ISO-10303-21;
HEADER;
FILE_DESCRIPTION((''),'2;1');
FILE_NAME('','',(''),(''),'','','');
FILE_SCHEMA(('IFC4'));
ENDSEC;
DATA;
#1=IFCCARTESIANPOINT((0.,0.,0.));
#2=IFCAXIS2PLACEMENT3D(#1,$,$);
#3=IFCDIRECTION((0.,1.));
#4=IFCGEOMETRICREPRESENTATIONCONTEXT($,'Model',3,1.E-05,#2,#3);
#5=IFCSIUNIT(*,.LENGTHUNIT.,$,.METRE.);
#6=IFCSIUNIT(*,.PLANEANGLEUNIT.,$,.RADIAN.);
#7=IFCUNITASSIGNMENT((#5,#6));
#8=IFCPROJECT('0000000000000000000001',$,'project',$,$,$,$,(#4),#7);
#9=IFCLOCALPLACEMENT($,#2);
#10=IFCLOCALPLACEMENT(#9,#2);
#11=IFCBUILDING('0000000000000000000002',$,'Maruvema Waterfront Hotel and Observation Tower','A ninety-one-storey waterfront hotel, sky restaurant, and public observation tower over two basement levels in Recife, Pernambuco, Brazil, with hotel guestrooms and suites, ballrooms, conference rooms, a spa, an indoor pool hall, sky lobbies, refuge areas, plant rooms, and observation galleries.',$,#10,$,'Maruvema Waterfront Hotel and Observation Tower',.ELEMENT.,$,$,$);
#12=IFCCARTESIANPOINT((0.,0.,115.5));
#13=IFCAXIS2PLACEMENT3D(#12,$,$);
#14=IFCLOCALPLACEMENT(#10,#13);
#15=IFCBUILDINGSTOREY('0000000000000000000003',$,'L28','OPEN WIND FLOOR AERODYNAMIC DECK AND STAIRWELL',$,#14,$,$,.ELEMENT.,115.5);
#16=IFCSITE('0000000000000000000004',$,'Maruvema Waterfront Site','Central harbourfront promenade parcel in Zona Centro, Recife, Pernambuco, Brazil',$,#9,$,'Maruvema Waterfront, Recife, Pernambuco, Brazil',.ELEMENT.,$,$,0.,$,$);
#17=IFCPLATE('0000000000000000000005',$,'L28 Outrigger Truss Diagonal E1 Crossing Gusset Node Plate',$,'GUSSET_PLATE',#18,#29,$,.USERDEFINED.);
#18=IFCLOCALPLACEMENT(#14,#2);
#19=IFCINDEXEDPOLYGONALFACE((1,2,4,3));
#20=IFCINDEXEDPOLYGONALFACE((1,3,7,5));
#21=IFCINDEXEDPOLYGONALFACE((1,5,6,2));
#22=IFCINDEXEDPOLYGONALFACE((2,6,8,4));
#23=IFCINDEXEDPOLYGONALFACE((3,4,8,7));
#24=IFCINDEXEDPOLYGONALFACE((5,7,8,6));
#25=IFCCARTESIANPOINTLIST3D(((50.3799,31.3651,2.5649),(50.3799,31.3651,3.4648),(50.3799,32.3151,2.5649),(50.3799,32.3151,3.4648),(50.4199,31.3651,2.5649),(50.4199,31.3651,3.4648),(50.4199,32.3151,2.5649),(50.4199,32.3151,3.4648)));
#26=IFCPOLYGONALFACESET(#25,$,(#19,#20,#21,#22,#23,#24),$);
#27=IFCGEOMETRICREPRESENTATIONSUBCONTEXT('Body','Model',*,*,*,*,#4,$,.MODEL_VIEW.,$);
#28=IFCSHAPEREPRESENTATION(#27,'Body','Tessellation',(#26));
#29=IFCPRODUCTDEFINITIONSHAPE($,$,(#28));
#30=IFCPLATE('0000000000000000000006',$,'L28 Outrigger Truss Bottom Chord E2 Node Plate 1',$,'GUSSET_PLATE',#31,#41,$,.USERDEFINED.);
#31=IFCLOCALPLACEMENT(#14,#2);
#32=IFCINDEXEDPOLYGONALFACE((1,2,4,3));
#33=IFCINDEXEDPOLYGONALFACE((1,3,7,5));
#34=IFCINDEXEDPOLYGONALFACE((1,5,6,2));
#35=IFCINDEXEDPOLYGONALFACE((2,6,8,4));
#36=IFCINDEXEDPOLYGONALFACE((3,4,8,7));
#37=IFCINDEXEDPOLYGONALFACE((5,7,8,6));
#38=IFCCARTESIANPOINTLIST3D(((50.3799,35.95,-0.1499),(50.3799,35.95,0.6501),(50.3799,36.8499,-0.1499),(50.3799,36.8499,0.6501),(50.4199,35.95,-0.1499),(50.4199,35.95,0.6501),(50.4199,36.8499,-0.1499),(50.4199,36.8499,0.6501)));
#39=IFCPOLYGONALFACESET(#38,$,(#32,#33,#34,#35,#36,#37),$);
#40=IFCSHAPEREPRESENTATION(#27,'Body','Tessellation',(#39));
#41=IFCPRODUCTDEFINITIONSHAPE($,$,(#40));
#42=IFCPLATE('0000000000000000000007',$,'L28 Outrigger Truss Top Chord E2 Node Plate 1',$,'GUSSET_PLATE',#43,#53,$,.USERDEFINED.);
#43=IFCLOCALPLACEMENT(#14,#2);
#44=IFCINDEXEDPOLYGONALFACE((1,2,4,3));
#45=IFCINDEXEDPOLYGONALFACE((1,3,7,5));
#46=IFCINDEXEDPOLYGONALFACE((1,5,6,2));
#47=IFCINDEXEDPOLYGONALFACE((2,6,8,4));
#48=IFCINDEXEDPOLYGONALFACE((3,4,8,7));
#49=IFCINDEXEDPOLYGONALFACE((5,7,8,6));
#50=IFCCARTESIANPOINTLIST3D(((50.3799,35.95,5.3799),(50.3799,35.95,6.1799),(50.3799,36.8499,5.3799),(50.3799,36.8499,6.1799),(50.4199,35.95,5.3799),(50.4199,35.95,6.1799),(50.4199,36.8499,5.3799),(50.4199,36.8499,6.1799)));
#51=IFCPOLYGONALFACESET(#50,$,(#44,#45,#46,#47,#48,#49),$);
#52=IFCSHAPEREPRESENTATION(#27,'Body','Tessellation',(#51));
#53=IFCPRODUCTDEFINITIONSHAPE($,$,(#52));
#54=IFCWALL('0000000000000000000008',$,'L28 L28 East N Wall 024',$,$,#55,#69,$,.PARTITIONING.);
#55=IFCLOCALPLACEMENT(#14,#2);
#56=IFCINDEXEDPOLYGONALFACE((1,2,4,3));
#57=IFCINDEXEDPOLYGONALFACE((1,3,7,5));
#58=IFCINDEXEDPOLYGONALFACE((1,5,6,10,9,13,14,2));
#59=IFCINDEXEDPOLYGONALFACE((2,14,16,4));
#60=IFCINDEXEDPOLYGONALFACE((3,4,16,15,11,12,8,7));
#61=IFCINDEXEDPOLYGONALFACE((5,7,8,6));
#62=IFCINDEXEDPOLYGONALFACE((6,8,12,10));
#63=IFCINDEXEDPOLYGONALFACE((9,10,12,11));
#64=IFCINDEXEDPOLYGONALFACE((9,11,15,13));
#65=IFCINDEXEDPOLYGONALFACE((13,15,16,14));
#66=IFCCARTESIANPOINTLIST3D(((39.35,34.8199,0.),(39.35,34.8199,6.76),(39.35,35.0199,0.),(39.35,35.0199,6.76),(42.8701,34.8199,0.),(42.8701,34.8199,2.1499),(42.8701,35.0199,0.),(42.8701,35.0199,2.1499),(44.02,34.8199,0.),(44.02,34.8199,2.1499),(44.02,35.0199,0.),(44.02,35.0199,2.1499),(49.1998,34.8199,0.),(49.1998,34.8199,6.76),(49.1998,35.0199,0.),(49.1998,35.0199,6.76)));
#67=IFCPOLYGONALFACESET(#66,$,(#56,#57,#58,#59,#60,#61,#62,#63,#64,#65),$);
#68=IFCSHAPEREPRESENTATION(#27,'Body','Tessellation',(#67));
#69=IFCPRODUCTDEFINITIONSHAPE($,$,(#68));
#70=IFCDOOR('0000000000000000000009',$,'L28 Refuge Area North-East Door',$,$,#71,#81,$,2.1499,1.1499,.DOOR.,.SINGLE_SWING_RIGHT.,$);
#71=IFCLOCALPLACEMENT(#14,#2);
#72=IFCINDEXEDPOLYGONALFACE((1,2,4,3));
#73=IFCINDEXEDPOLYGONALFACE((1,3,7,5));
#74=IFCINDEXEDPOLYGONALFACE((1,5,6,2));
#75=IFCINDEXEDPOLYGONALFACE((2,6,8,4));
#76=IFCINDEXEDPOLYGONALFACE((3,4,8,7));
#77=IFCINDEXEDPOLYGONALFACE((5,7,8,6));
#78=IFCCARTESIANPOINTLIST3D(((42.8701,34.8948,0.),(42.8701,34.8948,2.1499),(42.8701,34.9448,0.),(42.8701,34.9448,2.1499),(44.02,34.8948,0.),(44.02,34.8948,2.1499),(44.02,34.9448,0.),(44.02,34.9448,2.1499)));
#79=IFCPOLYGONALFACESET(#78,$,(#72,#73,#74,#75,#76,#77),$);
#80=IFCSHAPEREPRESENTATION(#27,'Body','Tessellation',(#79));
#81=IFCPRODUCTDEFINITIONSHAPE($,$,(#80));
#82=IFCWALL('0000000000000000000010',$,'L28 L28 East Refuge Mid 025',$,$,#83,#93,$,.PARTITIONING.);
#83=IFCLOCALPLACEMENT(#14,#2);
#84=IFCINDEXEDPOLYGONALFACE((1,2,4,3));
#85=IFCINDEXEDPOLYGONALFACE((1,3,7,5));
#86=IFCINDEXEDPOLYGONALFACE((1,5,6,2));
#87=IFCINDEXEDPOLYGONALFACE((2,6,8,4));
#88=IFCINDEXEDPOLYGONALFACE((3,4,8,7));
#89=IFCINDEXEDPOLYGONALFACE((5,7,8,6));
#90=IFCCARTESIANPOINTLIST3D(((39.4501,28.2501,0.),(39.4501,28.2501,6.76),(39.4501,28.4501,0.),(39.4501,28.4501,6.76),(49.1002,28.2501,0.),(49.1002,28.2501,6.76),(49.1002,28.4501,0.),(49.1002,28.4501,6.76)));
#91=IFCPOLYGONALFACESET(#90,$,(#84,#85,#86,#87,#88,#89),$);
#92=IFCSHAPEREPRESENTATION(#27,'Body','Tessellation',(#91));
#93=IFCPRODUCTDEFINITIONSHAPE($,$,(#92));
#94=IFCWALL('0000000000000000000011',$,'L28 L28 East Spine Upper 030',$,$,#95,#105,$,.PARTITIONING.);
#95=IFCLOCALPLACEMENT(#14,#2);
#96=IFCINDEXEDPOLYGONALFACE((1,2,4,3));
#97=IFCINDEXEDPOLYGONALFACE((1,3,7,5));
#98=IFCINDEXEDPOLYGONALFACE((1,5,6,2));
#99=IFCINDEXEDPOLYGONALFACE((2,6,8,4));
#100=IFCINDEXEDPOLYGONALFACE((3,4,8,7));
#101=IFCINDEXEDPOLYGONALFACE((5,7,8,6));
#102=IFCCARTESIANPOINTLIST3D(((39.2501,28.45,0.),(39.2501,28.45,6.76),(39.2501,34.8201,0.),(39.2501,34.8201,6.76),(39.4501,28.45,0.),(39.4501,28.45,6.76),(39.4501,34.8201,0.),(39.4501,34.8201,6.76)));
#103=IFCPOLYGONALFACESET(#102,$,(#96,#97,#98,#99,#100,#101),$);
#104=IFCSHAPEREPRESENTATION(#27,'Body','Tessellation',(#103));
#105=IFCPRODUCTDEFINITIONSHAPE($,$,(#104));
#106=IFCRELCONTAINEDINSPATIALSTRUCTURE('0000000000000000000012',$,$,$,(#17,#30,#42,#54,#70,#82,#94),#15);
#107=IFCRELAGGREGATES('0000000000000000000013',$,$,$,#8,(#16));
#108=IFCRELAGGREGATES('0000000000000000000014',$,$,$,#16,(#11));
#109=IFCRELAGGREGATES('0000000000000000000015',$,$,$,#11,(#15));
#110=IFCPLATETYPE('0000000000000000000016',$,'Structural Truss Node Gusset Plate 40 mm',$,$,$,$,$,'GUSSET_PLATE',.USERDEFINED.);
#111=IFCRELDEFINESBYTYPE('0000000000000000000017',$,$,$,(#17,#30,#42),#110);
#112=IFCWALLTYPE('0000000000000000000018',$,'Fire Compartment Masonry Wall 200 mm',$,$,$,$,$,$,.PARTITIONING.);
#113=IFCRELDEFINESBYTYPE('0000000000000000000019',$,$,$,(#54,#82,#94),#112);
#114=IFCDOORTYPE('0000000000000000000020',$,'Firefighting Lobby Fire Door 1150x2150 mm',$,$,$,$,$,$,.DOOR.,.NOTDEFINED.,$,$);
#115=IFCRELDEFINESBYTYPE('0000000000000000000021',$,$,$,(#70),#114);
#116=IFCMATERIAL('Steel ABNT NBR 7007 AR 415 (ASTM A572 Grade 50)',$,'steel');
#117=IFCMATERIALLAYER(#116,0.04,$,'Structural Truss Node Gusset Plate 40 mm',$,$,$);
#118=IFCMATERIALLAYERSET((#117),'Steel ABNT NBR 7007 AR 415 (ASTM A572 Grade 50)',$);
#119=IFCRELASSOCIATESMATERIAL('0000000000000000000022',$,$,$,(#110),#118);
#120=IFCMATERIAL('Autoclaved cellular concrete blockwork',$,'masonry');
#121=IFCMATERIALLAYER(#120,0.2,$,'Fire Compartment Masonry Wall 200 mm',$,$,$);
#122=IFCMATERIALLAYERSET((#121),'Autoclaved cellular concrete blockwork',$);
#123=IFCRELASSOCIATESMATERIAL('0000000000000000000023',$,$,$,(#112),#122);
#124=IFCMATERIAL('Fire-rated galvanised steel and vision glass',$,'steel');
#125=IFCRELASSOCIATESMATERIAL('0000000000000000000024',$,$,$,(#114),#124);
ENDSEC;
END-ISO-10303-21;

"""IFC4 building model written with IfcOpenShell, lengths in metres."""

from ifc_helpers import new_model, si_unit, direction, frame, frame_2d, origin, origin_2d, place, context, subcontext, project, spatial, rectangle, extrude, material, layer, layer_set, type_object, element, fill, save


model = new_model("IFC4")

# Units and contexts
model_context = context("Model", 3, precision=1e-05, world=origin(), true_north=direction((0.0, 1.0)))
body_context = subcontext(model_context, "Body", "Model", "MODEL_VIEW")
ifc_project = project(units=[si_unit("LENGTHUNIT", "METRE"), si_unit("PLANEANGLEUNIT", "RADIAN")], contexts=[model_context])

# Site, building, storey
site_placement = place(None, origin())
site = spatial("IfcSite", under=ifc_project, at=site_placement, Name="Maruvema Waterfront Site", Description="Central harbourfront promenade parcel in Zona Centro, Recife, Pernambuco, Brazil", LongName="Maruvema Waterfront, Recife, Pernambuco, Brazil", CompositionType="ELEMENT", RefElevation=0.0)
building_placement = place(site_placement, origin())
building = spatial("IfcBuilding", under=site, at=building_placement, Name="Maruvema Waterfront Hotel and Observation Tower", Description="A ninety-one-storey waterfront hotel, sky restaurant, and public observation tower over two basement levels in Recife, Pernambuco, Brazil, with hotel guestrooms and suites, ballrooms, conference rooms, a spa, an indoor pool hall, sky lobbies, refuge areas, plant rooms, and observation galleries.", LongName="Maruvema Waterfront Hotel and Observation Tower", CompositionType="ELEMENT")
storey_placement = place(building_placement, frame((0.0, 0.0, 115.5)))
storey = spatial("IfcBuildingStorey", under=building, at=storey_placement, Name="L28", Description="OPEN WIND FLOOR AERODYNAMIC DECK AND STAIRWELL", CompositionType="ELEMENT", Elevation=115.5)

# Plates
ifc_material_1 = material(Name="Steel ABNT NBR 7007 AR 415 (ASTM A572 Grade 50)", Category="steel")
ifc_layer_1 = layer(ifc_material_1, 0.04, Name="Structural Truss Node Gusset Plate 40 mm")
ifc_layer_set_1 = layer_set([ifc_layer_1], Name="Steel ABNT NBR 7007 AR 415 (ASTM A572 Grade 50)")
plate_type_1 = type_object("IfcPlateType", Name="Structural Truss Node Gusset Plate 40 mm", ElementType="GUSSET_PLATE", PredefinedType="USERDEFINED", material=ifc_layer_set_1)
plate_placement = place(storey_placement, frame((50.3999, 31.8401, 2.5649), z_axis=(0.0, 0.0, 1.0), x_axis=(0.0, -1.0, 0.0)))
element("IfcPlate", 1, at=plate_placement, inside=storey, type_object=plate_type_1, Name="L28 Outrigger Truss Diagonal E1 Crossing Gusset Node Plate", ObjectType="GUSSET_PLATE", PredefinedType="USERDEFINED", context=body_context, shape_type="SweptSolid", body=[
    extrude(rectangle(XDim=0.95, YDim=0.04, at=origin_2d()), origin(), (0.0, 0.0, 1.0), 0.8999),
])
for number, where, z_axis, x_axis, name in (
    (2, (50.3999, 36.3999, -0.1499), (0.0, 0.0, 1.0), (0.0, 1.0, 0.0), "L28 Outrigger Truss Bottom Chord E2 Node Plate 1"),
    (3, (50.3999, 36.3999, 5.3799), (0.0, 0.0, 1.0), (0.0, 1.0, 0.0), "L28 Outrigger Truss Top Chord E2 Node Plate 1"),
):
    element("IfcPlate", number, at=place(storey_placement, frame(where, z_axis=z_axis, x_axis=x_axis)), inside=storey, type_object=plate_type_1, Name=name, ObjectType="GUSSET_PLATE", PredefinedType="USERDEFINED", context=body_context, shape_type="SweptSolid", body=[
        extrude(rectangle(XDim=0.8999, YDim=0.04, at=origin_2d()), origin(), (0.0, 0.0, 1.0), 0.8),
    ])

# Wall, opening, door
ifc_material_2 = material(Name="Autoclaved cellular concrete blockwork", Category="masonry")
ifc_layer_2 = layer(ifc_material_2, 0.2, Name="Fire Compartment Masonry Wall 200 mm")
ifc_layer_set_2 = layer_set([ifc_layer_2], Name="Autoclaved cellular concrete blockwork")
wall_type = type_object("IfcWallType", Name="Fire Compartment Masonry Wall 200 mm", PredefinedType="PARTITIONING", material=ifc_layer_set_2)
wall_1_placement = place(storey_placement, frame((39.3501, 34.9199, 0.0), z_axis=(0.0, 0.0, 1.0), x_axis=(1.0, 0.0, 0.0)))
wall_1 = element("IfcWall", 4, at=wall_1_placement, inside=storey, type_object=wall_type, Name="L28 L28 East N Wall 024", PredefinedType="PARTITIONING", context=body_context, shape_type="SweptSolid", body=[
    extrude(rectangle(XDim=9.8499, YDim=0.2, at=frame_2d((4.9248, 0.0))), origin(), (0.0, 0.0, 1.0), 6.76),
])
opening_placement = place(wall_1_placement, frame((3.52, 0.0, 0.0)))
opening = element("IfcOpeningElement", 5, at=opening_placement, cuts=wall_1, PredefinedType="OPENING", context=body_context, shape_type="SweptSolid", body=[
    extrude(rectangle(XDim=1.1499, YDim=2.1499, at=frame_2d((0.575, 1.075))), frame((0.0, 0.1099, 0.0), z_axis=(0.0, -1.0, 0.0), x_axis=(1.0, 0.0, 0.0)), (0.0, 0.0, 1.0), 0.22),
])
ifc_material_3 = material(Name="Fire-rated galvanised steel and vision glass", Category="steel")
door_type = type_object("IfcDoorType", Name="Firefighting Lobby Fire Door 1150x2150 mm", OperationType="NOTDEFINED", PredefinedType="DOOR", material=ifc_material_3)
door_placement = place(opening_placement, origin())
door = element("IfcDoor", 6, at=door_placement, inside=storey, type_object=door_type, Name="L28 Refuge Area North-East Door", OperationType="SINGLE_SWING_RIGHT", OverallHeight=2.1499, OverallWidth=1.1499, PredefinedType="DOOR", context=body_context, shape_type="SweptSolid", body=[
    extrude(rectangle(XDim=1.1499, YDim=2.1499, at=frame_2d((0.575, 1.075))), frame((0.0, 0.0249, 0.0), z_axis=(0.0, -1.0, 0.0), x_axis=(1.0, 0.0, 0.0)), (0.0, 0.0, 1.0), 0.05),
])
fill(opening, door)

# Walls
wall_2_placement = place(storey_placement, frame((39.45, 28.3501, 0.0), z_axis=(0.0, 0.0, 1.0), x_axis=(1.0, 0.0, 0.0)))
element("IfcWall", 7, at=wall_2_placement, inside=storey, type_object=wall_type, Name="L28 L28 East Refuge Mid 025", PredefinedType="PARTITIONING", context=body_context, shape_type="SweptSolid", body=[
    extrude(rectangle(XDim=9.6501, YDim=0.2, at=frame_2d((4.8252, 0.0))), origin(), (0.0, 0.0, 1.0), 6.76),
])
wall_3_placement = place(storey_placement, frame((39.3501, 28.45, 0.0), z_axis=(0.0, 0.0, 1.0), x_axis=(0.0, 1.0, 0.0)))
element("IfcWall", 8, at=wall_3_placement, inside=storey, type_object=wall_type, Name="L28 L28 East Spine Upper 030", PredefinedType="PARTITIONING", context=body_context, shape_type="SweptSolid", body=[
    extrude(rectangle(XDim=6.3701, YDim=0.2, at=frame_2d((3.1851, 0.0))), origin(), (0.0, 0.0, 1.0), 6.76),
])

save(model, "model.ifc")
